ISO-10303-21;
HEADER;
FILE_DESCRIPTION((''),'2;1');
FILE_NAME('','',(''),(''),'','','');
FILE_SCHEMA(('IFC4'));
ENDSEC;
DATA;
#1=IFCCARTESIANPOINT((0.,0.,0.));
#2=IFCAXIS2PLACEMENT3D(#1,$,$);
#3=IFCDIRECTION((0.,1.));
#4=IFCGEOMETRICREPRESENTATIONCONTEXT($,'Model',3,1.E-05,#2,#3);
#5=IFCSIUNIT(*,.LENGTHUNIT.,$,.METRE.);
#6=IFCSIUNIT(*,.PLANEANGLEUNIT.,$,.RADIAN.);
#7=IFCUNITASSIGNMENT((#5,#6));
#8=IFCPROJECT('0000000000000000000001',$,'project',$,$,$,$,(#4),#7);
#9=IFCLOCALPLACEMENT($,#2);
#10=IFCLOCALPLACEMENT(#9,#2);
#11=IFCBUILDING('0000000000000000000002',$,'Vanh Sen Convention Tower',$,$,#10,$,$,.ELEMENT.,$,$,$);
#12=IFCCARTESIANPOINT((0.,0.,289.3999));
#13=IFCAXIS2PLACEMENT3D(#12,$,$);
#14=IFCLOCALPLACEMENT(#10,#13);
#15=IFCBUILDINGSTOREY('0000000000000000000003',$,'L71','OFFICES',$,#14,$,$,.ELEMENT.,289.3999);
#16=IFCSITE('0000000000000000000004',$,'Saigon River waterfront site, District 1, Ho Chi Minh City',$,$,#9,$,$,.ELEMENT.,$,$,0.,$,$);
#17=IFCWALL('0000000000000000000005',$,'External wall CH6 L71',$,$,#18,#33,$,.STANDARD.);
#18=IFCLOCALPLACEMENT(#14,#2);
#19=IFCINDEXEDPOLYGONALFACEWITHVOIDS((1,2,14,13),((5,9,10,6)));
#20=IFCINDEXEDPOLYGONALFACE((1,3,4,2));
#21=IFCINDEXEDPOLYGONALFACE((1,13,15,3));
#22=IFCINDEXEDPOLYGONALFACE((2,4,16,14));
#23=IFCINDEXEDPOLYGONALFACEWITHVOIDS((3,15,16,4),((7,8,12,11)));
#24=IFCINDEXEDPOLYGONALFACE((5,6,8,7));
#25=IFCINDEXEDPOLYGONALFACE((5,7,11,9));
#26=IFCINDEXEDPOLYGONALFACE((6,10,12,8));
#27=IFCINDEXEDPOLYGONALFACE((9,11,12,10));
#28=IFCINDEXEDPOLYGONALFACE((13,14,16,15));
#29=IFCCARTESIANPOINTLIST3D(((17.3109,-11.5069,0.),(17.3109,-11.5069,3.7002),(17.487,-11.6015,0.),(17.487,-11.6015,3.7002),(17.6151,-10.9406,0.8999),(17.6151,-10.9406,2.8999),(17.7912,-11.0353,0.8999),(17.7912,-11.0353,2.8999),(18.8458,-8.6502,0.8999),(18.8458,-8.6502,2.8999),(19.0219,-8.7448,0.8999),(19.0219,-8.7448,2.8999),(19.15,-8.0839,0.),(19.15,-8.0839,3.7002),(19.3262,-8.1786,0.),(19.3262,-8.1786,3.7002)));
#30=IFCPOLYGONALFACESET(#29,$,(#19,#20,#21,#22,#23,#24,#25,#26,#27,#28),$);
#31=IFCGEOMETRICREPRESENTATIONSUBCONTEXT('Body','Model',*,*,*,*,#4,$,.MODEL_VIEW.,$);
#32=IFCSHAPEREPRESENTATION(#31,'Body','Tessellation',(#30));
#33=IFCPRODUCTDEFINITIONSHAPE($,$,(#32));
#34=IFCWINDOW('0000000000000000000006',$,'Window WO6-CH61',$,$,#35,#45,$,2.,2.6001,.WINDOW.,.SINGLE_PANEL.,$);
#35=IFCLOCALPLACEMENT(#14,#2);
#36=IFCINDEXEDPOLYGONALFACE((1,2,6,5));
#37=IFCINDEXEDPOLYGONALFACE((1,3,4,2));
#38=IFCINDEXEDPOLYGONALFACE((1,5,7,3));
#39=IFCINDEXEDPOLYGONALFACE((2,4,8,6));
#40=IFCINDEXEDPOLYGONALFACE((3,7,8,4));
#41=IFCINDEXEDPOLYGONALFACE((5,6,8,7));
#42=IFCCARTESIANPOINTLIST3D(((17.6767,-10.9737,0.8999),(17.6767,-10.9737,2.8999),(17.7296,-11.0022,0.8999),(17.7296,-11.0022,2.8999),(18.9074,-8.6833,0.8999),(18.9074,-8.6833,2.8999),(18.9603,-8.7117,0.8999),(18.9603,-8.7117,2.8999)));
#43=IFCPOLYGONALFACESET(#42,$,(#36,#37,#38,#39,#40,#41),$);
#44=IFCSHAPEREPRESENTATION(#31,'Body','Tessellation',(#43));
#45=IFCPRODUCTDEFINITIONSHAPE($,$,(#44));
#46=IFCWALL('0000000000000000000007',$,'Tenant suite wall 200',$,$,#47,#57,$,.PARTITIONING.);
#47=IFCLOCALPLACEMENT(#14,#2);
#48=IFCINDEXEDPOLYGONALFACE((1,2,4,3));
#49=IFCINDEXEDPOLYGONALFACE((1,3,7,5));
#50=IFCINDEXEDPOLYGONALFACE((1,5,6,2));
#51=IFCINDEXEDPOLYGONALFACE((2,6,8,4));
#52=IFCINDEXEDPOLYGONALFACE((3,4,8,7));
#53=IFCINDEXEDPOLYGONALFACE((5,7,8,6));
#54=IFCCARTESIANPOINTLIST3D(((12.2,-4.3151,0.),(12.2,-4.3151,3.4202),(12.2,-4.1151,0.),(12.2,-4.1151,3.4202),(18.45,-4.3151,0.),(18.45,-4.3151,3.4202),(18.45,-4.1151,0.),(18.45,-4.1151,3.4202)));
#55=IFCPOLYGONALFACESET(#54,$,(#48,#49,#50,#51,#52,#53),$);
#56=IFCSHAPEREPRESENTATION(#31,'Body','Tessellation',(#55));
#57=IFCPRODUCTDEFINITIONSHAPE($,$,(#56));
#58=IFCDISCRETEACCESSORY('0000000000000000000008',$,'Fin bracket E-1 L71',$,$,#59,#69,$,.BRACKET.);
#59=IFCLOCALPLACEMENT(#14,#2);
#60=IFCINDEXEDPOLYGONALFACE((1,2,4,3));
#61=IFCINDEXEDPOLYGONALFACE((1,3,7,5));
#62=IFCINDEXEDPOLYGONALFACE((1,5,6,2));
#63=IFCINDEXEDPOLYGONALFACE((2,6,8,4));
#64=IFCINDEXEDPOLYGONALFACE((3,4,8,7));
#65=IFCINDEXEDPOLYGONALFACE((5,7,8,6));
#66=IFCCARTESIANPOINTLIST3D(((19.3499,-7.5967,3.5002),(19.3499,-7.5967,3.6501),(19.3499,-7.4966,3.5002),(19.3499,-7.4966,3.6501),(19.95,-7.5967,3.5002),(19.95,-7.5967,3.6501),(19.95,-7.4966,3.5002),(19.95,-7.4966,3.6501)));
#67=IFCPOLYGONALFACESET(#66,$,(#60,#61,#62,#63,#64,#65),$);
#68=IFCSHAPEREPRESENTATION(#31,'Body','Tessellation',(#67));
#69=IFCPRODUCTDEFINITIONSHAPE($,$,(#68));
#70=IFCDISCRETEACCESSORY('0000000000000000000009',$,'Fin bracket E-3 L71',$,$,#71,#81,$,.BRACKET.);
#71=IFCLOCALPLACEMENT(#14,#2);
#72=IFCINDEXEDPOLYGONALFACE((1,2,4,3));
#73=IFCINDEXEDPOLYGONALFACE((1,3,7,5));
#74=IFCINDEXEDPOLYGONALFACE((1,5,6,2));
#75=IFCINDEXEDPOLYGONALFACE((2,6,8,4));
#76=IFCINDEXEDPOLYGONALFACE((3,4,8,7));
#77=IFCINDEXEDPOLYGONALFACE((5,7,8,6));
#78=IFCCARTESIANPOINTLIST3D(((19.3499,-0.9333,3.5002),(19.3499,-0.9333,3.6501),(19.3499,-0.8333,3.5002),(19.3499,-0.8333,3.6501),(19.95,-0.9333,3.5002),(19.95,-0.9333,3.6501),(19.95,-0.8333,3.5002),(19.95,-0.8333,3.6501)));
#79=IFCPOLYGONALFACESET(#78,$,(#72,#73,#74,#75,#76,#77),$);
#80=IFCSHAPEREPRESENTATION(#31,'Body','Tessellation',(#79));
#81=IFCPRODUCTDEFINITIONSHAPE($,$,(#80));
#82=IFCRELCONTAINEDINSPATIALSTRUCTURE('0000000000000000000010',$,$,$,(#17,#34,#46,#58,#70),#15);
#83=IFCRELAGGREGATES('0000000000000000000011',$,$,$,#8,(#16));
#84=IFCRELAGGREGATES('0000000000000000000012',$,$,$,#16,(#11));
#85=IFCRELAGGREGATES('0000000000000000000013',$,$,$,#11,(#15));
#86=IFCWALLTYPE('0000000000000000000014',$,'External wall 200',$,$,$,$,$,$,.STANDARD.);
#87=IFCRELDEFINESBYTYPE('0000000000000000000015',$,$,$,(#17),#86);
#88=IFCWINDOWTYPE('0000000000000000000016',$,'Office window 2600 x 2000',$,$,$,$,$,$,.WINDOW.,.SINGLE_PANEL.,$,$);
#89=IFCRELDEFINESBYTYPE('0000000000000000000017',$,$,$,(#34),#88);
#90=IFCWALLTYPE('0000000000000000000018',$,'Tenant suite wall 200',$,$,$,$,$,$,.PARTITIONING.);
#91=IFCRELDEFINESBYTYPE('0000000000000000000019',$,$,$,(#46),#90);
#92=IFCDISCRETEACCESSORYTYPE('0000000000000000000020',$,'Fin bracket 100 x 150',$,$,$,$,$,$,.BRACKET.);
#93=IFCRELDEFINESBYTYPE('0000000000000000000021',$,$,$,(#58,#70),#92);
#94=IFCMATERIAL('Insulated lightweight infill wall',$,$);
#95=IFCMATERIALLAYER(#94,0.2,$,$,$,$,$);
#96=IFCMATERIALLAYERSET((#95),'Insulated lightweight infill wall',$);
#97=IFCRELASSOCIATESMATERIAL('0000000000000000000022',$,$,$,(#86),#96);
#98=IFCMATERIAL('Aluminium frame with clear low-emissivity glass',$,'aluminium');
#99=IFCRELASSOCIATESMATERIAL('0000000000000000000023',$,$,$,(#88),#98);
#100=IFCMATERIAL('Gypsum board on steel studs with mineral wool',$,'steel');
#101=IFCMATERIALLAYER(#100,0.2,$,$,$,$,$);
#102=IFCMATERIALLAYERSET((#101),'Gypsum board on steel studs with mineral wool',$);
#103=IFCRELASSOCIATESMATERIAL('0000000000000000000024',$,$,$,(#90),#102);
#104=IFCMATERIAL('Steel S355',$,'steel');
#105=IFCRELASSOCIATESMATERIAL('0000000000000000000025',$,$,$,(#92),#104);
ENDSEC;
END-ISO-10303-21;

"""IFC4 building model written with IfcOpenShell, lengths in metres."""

from ifc_helpers import new_model, si_unit, direction, frame, frame_2d, origin, origin_2d, place, context, subcontext, project, spatial, rectangle, extrude, material, layer, layer_set, type_object, element, fill, save


model = new_model("IFC4")

# Units and contexts
model_context = context("Model", 3, precision=1e-05, world=origin(), true_north=direction((0.0, 1.0)))
body_context = subcontext(model_context, "Body", "Model", "MODEL_VIEW")
ifc_project = project(units=[si_unit("LENGTHUNIT", "METRE"), si_unit("PLANEANGLEUNIT", "RADIAN")], contexts=[model_context])

# Site, building, storey
site_placement = place(None, origin())
site = spatial("IfcSite", under=ifc_project, at=site_placement, Name="Saigon River waterfront site, District 1, Ho Chi Minh City", CompositionType="ELEMENT", RefElevation=0.0)
building_placement = place(site_placement, origin())
building = spatial("IfcBuilding", under=site, at=building_placement, Name="Vanh Sen Convention Tower", CompositionType="ELEMENT")
storey_placement = place(building_placement, frame((0.0, 0.0, 289.3999)))
storey = spatial("IfcBuildingStorey", under=building, at=storey_placement, Name="L71", Description="OFFICES", CompositionType="ELEMENT", Elevation=289.3999)

# Shared definitions
ifc_material_1 = material(Name="Insulated lightweight infill wall")
ifc_layer_1 = layer(ifc_material_1, 0.2)
ifc_layer_set_1 = layer_set([ifc_layer_1], Name="Insulated lightweight infill wall")
wall_type_1 = type_object("IfcWallType", Name="External wall 200", PredefinedType="STANDARD", material=ifc_layer_set_1)
ifc_material_2 = material(Name="Aluminium frame with clear low-emissivity glass", Category="aluminium")

# Wall, opening, window
wall_1_placement = place(storey_placement, frame((17.3989, -11.5542, 0.0), z_axis=(0.0, 0.0, 1.0), x_axis=(0.473309, 0.880896, 0.0)))
wall_1 = element("IfcWall", 1, at=wall_1_placement, inside=storey, type_object=wall_type_1, Name="External wall CH6 L71", PredefinedType="STANDARD", context=body_context, shape_type="SweptSolid", body=[
    extrude(rectangle(XDim=3.8857, YDim=0.2, at=frame_2d((1.9429, 0.0))), origin(), (0.0, 0.0, 1.0), 3.7002),
])
opening_1_placement = place(wall_1_placement, frame((0.6428, 0.0, 0.8999)))
opening_1 = element("IfcOpeningElement", 2, at=opening_1_placement, cuts=wall_1, PredefinedType="OPENING", context=body_context, shape_type="SweptSolid", body=[
    extrude(rectangle(XDim=2.6001, YDim=2.0, at=frame_2d((1.3, 1.0))), frame((0.0, 0.1099, 0.0), z_axis=(0.0, -1.0, 0.0), x_axis=(1.0, 0.0, 0.0)), (0.0, 0.0, 1.0), 0.22),
])
window_type_1 = type_object("IfcWindowType", Name="Office window 2600 x 2000", PartitioningType="SINGLE_PANEL", PredefinedType="WINDOW", material=ifc_material_2)
window_1_placement = place(opening_1_placement, origin())
window_1 = element("IfcWindow", 3, at=window_1_placement, inside=storey, type_object=window_type_1, Name="Window WO6-CH61", OverallHeight=2.0, OverallWidth=2.6001, PartitioningType="SINGLE_PANEL", PredefinedType="WINDOW", context=body_context, shape_type="SweptSolid", body=[
    extrude(rectangle(XDim=2.6001, YDim=2.0, at=frame_2d((1.3, 1.0))), frame((0.0, 0.03, 0.0), z_axis=(0.0, -1.0, 0.0), x_axis=(1.0, 0.0, 0.0)), (0.0, 0.0, 1.0), 0.0601),
])
fill(opening_1, window_1)

# Wall
ifc_material_3 = material(Name="Gypsum board on steel studs with mineral wool", Category="steel")
ifc_layer_2 = layer(ifc_material_3, 0.2)
ifc_layer_set_2 = layer_set([ifc_layer_2], Name="Gypsum board on steel studs with mineral wool")
wall_type_2 = type_object("IfcWallType", Name="Tenant suite wall 200", PredefinedType="PARTITIONING", material=ifc_layer_set_2)
wall_2_placement = place(storey_placement, frame((18.45, -4.2151, 0.0), z_axis=(0.0, 0.0, 1.0), x_axis=(-1.0, 0.0, 0.0)))
element("IfcWall", 4, at=wall_2_placement, inside=storey, type_object=wall_type_2, Name="Tenant suite wall 200", PredefinedType="PARTITIONING", context=body_context, shape_type="SweptSolid", body=[
    extrude(rectangle(XDim=6.25, YDim=0.2, at=frame_2d((3.125, 0.0))), origin(), (0.0, 0.0, 1.0), 3.4202),
])

# Discrete accessories
ifc_material_4 = material(Name="Steel S355", Category="steel")
discrete_accessory_type = type_object("IfcDiscreteAccessoryType", Name="Fin bracket 100 x 150", PredefinedType="BRACKET", material=ifc_material_4)
for number, where, z_axis, x_axis, name in (
    (5, (19.6499, -7.5466, 3.5002), (0.0, 0.0, 1.0), (1.0, 0.0, 0.0), "Fin bracket E-1 L71"),
    (6, (19.6499, -0.8833, 3.5002), (0.0, 0.0, 1.0), (1.0, 0.0, 0.0), "Fin bracket E-3 L71"),
):
    element("IfcDiscreteAccessory", number, at=place(storey_placement, frame(where, z_axis=z_axis, x_axis=x_axis)), inside=storey, type_object=discrete_accessory_type, Name=name, PredefinedType="BRACKET", context=body_context, shape_type="SweptSolid", body=[
        extrude(rectangle(XDim=0.6001, YDim=0.1001, at=origin_2d()), origin(), (0.0, 0.0, 1.0), 0.1499),
    ])

save(model, "model.ifc")
